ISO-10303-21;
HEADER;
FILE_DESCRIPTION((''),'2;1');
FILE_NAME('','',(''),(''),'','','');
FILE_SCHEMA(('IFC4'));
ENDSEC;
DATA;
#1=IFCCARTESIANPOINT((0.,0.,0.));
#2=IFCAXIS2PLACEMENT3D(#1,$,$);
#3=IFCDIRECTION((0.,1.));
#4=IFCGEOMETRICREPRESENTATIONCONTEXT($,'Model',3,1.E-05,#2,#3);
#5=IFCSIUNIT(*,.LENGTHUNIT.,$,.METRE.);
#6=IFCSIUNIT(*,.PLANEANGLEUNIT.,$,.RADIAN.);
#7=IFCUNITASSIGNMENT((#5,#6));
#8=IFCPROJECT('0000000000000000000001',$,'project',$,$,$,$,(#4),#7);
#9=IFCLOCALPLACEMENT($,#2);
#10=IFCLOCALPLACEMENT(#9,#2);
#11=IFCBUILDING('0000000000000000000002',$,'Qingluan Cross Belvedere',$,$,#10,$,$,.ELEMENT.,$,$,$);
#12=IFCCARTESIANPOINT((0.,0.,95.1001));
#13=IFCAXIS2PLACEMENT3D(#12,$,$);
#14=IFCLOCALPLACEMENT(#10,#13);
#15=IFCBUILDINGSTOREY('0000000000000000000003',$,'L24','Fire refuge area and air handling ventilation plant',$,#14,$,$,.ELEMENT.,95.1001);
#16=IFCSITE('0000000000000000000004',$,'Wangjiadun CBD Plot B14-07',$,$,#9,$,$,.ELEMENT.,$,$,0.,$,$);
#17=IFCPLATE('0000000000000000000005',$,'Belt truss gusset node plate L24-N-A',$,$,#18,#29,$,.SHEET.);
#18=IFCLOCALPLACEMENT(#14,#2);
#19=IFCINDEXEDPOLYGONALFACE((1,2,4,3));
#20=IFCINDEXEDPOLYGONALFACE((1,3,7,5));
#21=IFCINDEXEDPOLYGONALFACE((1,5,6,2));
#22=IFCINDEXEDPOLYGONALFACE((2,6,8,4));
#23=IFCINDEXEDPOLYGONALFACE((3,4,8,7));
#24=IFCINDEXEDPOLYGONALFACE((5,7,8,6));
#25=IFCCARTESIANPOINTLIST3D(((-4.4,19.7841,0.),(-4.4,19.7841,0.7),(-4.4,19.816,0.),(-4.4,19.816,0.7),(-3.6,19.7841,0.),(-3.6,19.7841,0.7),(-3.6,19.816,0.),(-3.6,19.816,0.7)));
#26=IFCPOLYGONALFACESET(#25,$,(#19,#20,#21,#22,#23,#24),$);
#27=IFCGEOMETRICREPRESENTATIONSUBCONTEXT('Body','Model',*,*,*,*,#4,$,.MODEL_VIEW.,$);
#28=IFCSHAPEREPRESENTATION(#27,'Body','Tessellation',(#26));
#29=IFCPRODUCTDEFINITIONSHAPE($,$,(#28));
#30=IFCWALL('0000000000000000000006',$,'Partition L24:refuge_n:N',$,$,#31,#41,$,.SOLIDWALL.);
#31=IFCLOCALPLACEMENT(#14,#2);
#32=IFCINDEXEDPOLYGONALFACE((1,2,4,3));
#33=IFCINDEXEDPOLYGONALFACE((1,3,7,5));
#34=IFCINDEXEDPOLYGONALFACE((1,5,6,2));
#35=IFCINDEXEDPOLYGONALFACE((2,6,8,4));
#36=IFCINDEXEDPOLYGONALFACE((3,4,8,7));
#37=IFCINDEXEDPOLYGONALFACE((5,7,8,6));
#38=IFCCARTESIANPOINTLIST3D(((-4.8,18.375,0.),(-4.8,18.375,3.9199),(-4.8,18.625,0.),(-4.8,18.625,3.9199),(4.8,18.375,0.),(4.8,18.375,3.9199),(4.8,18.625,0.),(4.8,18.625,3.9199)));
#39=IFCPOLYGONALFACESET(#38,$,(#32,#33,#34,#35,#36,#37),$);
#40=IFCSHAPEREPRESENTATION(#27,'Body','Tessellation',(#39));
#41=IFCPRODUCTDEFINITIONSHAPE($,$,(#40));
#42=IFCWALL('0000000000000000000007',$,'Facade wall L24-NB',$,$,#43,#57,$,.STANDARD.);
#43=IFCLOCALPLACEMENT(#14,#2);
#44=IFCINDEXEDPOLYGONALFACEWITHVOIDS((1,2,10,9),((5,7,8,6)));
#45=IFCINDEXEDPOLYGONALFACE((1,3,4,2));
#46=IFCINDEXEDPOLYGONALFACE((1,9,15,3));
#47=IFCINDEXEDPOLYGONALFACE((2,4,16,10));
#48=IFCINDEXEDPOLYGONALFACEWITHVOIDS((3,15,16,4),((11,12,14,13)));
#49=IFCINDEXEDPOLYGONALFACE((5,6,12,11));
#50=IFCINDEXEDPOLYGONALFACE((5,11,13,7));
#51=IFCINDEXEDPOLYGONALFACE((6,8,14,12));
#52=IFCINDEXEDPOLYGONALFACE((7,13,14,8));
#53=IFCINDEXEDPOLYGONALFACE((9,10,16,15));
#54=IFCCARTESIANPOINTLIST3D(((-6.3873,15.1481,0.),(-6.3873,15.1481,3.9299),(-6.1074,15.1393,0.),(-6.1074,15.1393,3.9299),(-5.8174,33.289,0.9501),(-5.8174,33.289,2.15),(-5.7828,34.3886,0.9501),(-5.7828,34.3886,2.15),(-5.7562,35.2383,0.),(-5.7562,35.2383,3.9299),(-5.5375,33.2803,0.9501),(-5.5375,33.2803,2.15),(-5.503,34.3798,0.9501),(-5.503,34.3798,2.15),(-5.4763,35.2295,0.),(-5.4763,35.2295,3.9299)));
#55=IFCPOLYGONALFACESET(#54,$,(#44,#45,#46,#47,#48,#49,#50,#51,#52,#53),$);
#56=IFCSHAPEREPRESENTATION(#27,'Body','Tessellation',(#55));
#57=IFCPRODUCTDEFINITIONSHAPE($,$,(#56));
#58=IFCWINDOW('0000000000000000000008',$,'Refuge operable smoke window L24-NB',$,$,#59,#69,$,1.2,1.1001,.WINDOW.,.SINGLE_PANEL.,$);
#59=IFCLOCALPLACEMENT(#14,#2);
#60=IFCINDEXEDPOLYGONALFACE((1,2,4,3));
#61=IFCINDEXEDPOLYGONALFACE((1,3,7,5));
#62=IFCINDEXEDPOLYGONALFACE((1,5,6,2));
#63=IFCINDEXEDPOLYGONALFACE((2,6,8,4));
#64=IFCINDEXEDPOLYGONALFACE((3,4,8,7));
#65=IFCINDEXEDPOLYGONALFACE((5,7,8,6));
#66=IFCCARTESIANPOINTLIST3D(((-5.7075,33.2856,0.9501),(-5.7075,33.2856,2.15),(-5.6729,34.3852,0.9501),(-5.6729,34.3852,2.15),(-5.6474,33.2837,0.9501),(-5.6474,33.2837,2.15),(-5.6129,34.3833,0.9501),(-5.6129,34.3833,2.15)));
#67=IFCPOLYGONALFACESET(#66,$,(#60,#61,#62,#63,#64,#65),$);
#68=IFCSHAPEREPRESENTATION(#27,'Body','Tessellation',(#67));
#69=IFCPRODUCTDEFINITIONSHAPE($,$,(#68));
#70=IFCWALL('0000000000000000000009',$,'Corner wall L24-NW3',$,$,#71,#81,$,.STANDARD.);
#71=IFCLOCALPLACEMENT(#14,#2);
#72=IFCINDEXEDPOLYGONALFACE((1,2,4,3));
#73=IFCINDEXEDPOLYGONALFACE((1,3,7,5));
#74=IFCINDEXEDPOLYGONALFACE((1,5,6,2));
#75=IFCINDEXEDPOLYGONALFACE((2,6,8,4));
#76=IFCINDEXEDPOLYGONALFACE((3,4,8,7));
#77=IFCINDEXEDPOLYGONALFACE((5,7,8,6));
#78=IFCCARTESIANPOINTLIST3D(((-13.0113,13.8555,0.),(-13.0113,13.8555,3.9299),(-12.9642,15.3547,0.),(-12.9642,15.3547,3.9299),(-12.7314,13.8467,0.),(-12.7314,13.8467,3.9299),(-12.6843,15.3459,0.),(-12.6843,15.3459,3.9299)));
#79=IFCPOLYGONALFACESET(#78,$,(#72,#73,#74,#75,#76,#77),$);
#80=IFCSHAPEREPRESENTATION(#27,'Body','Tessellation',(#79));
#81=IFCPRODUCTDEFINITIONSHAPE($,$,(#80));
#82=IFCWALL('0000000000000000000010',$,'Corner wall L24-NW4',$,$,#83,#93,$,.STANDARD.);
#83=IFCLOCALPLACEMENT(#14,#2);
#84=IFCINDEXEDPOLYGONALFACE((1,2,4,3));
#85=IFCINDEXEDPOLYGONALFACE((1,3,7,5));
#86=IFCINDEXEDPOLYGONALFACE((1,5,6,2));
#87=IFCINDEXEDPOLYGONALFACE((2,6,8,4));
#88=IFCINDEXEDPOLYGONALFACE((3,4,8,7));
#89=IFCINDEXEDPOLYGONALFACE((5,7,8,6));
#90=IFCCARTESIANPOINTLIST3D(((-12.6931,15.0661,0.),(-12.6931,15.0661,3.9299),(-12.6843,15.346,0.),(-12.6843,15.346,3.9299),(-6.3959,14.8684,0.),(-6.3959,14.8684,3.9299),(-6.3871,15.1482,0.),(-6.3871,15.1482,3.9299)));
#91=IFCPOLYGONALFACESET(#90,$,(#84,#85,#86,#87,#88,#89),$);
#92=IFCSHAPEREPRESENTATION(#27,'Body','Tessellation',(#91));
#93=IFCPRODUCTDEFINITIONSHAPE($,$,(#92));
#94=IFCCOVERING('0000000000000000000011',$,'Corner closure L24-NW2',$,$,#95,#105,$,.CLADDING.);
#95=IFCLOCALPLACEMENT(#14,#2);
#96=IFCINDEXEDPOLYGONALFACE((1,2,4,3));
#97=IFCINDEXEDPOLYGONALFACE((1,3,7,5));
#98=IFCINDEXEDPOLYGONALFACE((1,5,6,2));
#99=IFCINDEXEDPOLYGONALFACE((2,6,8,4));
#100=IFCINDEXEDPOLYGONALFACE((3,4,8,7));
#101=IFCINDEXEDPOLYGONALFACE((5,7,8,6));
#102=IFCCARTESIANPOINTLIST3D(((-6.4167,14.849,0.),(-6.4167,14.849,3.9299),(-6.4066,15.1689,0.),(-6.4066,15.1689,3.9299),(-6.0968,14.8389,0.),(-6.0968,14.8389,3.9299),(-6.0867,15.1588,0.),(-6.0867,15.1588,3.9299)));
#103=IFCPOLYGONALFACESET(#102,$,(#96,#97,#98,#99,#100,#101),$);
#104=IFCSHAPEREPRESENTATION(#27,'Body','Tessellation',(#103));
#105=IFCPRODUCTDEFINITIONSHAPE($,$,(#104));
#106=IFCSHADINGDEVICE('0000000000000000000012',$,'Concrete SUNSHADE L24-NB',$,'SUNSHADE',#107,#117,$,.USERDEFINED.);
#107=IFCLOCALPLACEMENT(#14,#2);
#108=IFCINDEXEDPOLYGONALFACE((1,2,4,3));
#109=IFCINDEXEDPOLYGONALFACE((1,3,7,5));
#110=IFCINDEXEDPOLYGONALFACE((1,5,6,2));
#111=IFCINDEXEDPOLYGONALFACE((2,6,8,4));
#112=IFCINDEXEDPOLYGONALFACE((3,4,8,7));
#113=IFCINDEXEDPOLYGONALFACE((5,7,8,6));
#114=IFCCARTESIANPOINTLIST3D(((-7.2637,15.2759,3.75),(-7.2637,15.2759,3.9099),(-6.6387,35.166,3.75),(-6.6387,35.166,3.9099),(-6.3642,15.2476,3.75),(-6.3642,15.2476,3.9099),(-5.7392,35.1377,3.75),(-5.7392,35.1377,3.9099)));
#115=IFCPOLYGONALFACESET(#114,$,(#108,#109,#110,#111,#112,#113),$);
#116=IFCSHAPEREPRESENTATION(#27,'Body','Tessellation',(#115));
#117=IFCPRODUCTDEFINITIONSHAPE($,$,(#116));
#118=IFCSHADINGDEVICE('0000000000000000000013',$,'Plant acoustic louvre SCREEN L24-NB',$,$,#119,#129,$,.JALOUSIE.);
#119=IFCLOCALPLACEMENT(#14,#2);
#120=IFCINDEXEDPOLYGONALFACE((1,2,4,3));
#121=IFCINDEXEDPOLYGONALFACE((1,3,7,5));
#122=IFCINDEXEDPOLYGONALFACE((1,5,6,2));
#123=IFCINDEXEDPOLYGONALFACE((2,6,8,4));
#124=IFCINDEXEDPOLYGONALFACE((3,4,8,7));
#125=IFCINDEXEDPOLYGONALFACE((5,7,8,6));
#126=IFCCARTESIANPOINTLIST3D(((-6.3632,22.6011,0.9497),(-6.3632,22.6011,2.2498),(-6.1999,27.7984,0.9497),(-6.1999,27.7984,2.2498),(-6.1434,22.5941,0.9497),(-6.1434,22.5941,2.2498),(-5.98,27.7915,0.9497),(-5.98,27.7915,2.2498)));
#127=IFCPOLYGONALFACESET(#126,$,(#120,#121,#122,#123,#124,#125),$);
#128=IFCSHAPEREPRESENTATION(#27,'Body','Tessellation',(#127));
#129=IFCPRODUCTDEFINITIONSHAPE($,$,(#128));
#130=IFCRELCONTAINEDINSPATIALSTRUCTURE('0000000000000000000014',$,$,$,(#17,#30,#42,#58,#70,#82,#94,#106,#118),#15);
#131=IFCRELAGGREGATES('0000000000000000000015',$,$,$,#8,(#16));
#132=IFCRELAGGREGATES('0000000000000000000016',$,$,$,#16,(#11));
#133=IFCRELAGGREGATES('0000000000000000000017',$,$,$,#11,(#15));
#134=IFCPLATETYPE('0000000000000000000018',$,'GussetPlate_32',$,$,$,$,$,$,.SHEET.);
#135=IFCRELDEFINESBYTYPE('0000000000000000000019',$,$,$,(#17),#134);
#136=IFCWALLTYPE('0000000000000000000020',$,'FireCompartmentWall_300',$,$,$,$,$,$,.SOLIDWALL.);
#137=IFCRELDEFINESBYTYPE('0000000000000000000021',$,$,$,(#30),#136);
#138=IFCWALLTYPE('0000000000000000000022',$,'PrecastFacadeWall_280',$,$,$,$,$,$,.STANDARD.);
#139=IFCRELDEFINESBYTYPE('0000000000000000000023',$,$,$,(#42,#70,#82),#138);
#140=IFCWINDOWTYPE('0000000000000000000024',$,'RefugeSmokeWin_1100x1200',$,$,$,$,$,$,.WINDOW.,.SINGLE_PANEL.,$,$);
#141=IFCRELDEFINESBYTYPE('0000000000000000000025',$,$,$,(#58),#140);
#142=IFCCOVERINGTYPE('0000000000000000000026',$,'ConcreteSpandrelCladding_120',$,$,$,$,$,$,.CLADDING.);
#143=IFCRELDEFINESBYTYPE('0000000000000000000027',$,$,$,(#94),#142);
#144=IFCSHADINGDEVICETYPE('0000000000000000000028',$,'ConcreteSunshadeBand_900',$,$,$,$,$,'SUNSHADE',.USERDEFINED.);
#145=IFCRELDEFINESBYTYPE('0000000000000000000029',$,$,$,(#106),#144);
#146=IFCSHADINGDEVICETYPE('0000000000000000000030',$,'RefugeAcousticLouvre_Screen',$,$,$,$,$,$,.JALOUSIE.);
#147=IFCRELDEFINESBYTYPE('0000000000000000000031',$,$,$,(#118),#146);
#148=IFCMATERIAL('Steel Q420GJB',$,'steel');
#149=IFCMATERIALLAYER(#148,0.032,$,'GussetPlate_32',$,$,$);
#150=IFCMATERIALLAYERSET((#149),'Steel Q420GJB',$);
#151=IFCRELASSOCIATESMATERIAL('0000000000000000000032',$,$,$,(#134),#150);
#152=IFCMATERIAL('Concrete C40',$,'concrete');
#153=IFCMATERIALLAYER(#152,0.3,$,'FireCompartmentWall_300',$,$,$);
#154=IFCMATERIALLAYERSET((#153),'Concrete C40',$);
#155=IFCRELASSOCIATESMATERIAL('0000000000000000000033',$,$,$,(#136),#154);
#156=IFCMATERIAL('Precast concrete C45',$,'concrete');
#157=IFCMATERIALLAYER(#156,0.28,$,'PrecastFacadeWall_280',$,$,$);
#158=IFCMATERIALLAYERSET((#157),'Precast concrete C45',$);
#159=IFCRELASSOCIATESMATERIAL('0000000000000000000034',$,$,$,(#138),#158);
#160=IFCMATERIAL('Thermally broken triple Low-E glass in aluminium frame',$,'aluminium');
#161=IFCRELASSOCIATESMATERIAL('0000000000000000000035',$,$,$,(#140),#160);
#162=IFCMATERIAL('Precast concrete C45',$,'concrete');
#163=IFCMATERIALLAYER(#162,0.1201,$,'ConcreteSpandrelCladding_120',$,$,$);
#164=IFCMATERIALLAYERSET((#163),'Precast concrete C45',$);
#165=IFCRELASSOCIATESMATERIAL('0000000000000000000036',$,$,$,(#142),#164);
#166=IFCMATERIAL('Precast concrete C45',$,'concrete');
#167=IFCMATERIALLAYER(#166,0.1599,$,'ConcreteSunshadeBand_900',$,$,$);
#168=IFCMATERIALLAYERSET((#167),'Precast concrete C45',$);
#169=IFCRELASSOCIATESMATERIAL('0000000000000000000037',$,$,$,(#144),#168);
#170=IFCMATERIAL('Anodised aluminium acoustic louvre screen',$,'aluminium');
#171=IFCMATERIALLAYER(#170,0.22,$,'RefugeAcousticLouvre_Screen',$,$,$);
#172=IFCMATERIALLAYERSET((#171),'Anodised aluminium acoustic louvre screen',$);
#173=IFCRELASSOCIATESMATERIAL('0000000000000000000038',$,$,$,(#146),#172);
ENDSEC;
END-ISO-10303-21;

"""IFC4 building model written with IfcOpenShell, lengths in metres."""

from ifc_helpers import new_model, si_unit, direction, frame, frame_2d, origin, origin_2d, place, context, subcontext, project, spatial, rectangle, extrude, material, layer, layer_set, type_object, element, fill, save


model = new_model("IFC4")

# Units and contexts
model_context = context("Model", 3, precision=1e-05, world=origin(), true_north=direction((0.0, 1.0)))
body_context = subcontext(model_context, "Body", "Model", "MODEL_VIEW")
ifc_project = project(units=[si_unit("LENGTHUNIT", "METRE"), si_unit("PLANEANGLEUNIT", "RADIAN")], contexts=[model_context])

# Site, building, storey
site_placement = place(None, origin())
site = spatial("IfcSite", under=ifc_project, at=site_placement, Name="Wangjiadun CBD Plot B14-07", CompositionType="ELEMENT", RefElevation=0.0)
building_placement = place(site_placement, origin())
building = spatial("IfcBuilding", under=site, at=building_placement, Name="Qingluan Cross Belvedere", CompositionType="ELEMENT")
storey_placement = place(building_placement, frame((0.0, 0.0, 95.1001)))
storey = spatial("IfcBuildingStorey", under=building, at=storey_placement, Name="L24", Description="Fire refuge area and air handling ventilation plant", CompositionType="ELEMENT", Elevation=95.1001)

# Plate
ifc_material_1 = material(Name="Steel Q420GJB", Category="steel")
ifc_layer_1 = layer(ifc_material_1, 0.032, Name="GussetPlate_32")
ifc_layer_set_1 = layer_set([ifc_layer_1], Name="Steel Q420GJB")
plate_type = type_object("IfcPlateType", Name="GussetPlate_32", PredefinedType="SHEET", material=ifc_layer_set_1)
plate_placement = place(storey_placement, frame((-4.0, 19.8, 0.0), z_axis=(0.0, 0.0, 1.0), x_axis=(1.0, 0.0, 0.0)))
element("IfcPlate", 1, at=plate_placement, inside=storey, type_object=plate_type, Name="Belt truss gusset node plate L24-N-A", PredefinedType="SHEET", context=body_context, shape_type="SweptSolid", body=[
    extrude(rectangle(XDim=0.8, YDim=0.032, at=origin_2d()), origin(), (0.0, 0.0, 1.0), 0.7),
])

# Wall
ifc_material_2 = material(Name="Concrete C40", Category="concrete")
ifc_layer_2 = layer(ifc_material_2, 0.3, Name="FireCompartmentWall_300")
ifc_layer_set_2 = layer_set([ifc_layer_2], Name="Concrete C40")
wall_type_1 = type_object("IfcWallType", Name="FireCompartmentWall_300", PredefinedType="SOLIDWALL", material=ifc_layer_set_2)
wall_1_placement = place(storey_placement, frame((-4.8, 18.5, 0.0), z_axis=(0.0, 0.0, 1.0), x_axis=(1.0, 0.0, 0.0)))
element("IfcWall", 2, at=wall_1_placement, inside=storey, type_object=wall_type_1, Name="Partition L24:refuge_n:N", PredefinedType="SOLIDWALL", context=body_context, shape_type="SweptSolid", body=[
    extrude(rectangle(XDim=9.6001, YDim=0.25, at=frame_2d((4.8, 0.0))), origin(), (0.0, 0.0, 1.0), 3.9199),
])

# Wall, opening, window
ifc_material_3 = material(Name="Precast concrete C45", Category="concrete")
ifc_layer_3 = layer(ifc_material_3, 0.28, Name="PrecastFacadeWall_280")
ifc_layer_set_3 = layer_set([ifc_layer_3], Name="Precast concrete C45")
wall_type_2 = type_object("IfcWallType", Name="PrecastFacadeWall_280", PredefinedType="STANDARD", material=ifc_layer_set_3)
wall_2_placement = place(storey_placement, frame((-5.6162, 35.2339, 0.0), z_axis=(0.0, 0.0, 1.0), x_axis=(-0.031398, -0.999507, 0.0)))
wall_2 = element("IfcWall", 3, at=wall_2_placement, inside=storey, type_object=wall_type_2, Name="Facade wall L24-NB", PredefinedType="STANDARD", context=body_context, shape_type="SweptSolid", body=[
    extrude(rectangle(XDim=20.1001, YDim=0.28, at=frame_2d((10.05, 0.0))), origin(), (0.0, 0.0, 1.0), 3.9299),
])
opening_placement = place(wall_2_placement, frame((0.8501, 0.0, 0.95)))
opening = element("IfcOpeningElement", 4, at=opening_placement, cuts=wall_2, PredefinedType="OPENING", context=body_context, shape_type="SweptSolid", body=[
    extrude(rectangle(XDim=1.1001, YDim=1.2, at=frame_2d((0.55, 0.6001))), frame((0.0, 0.1499, 0.0), z_axis=(0.0, -1.0, 0.0), x_axis=(1.0, 0.0, 0.0)), (0.0, 0.0, 1.0), 0.3),
])
ifc_material_4 = material(Name="Thermally broken triple Low-E glass in aluminium frame", Category="aluminium")
window_type = type_object("IfcWindowType", Name="RefugeSmokeWin_1100x1200", PartitioningType="SINGLE_PANEL", PredefinedType="WINDOW", material=ifc_material_4)
window_placement = place(opening_placement, origin())
window = element("IfcWindow", 5, at=window_placement, inside=storey, type_object=window_type, Name="Refuge operable smoke window L24-NB", OverallHeight=1.2, OverallWidth=1.1001, PartitioningType="SINGLE_PANEL", PredefinedType="WINDOW", context=body_context, shape_type="SweptSolid", body=[
    extrude(rectangle(XDim=1.1001, YDim=1.2, at=frame_2d((0.55, 0.6001))), frame((0.0, 0.03, 0.0), z_axis=(0.0, -1.0, 0.0), x_axis=(1.0, 0.0, 0.0)), (0.0, 0.0, 1.0), 0.0601),
])
fill(opening, window)

# Walls
wall_3_placement = place(storey_placement, frame((-12.8713, 13.8511, 0.0), z_axis=(0.0, 0.0, 1.0), x_axis=(0.031413, 0.999507, 0.0)))
element("IfcWall", 6, at=wall_3_placement, inside=storey, type_object=wall_type_2, Name="Corner wall L24-NW3", PredefinedType="STANDARD", context=body_context, shape_type="SweptSolid", body=[
    extrude(rectangle(XDim=1.5, YDim=0.28, at=frame_2d((0.75, 0.0))), origin(), (0.0, 0.0, 1.0), 3.9299),
])
wall_4_placement = place(storey_placement, frame((-12.6887, 15.2061, 0.0), z_axis=(0.0, 0.0, 1.0), x_axis=(0.999507, -0.031388, 0.0)))
element("IfcWall", 7, at=wall_4_placement, inside=storey, type_object=wall_type_2, Name="Corner wall L24-NW4", PredefinedType="STANDARD", context=body_context, shape_type="SweptSolid", body=[
    extrude(rectangle(XDim=6.3003, YDim=0.28, at=frame_2d((3.1501, 0.0))), origin(), (0.0, 0.0, 1.0), 3.9299),
])

# Covering
ifc_material_5 = material(Name="Precast concrete C45", Category="concrete")
ifc_layer_4 = layer(ifc_material_5, 0.1201, Name="ConcreteSpandrelCladding_120")
ifc_layer_set_4 = layer_set([ifc_layer_4], Name="Precast concrete C45")
covering_type = type_object("IfcCoveringType", Name="ConcreteSpandrelCladding_120", PredefinedType="CLADDING", material=ifc_layer_set_4)
covering_placement = place(storey_placement, frame((-6.2517, 15.0039, 0.0), z_axis=(0.0, 0.0, 1.0), x_axis=(0.999507, -0.031411, 0.0)))
element("IfcCovering", 8, at=covering_placement, inside=storey, type_object=covering_type, Name="Corner closure L24-NW2", PredefinedType="CLADDING", context=body_context, shape_type="SweptSolid", body=[
    extrude(rectangle(XDim=0.3201, YDim=0.3201, at=origin_2d()), origin(), (0.0, 0.0, 1.0), 3.9299),
])

# Shading devices
ifc_material_6 = material(Name="Precast concrete C45", Category="concrete")
ifc_layer_5 = layer(ifc_material_6, 0.1599, Name="ConcreteSunshadeBand_900")
ifc_layer_set_5 = layer_set([ifc_layer_5], Name="Precast concrete C45")
shading_device_type_1 = type_object("IfcShadingDeviceType", Name="ConcreteSunshadeBand_900", ElementType="SUNSHADE", PredefinedType="USERDEFINED", material=ifc_layer_set_5)
shading_device_1_placement = place(storey_placement, frame((-6.5015, 25.2068, 3.75), z_axis=(0.0, 0.0, 1.0), x_axis=(-0.031408, -0.999507, 0.0)))
element("IfcShadingDevice", 9, at=shading_device_1_placement, inside=storey, type_object=shading_device_type_1, Name="Concrete SUNSHADE L24-NB", ObjectType="SUNSHADE", PredefinedType="USERDEFINED", context=body_context, shape_type="SweptSolid", body=[
    extrude(rectangle(XDim=19.8999, YDim=0.8999, at=origin_2d()), origin(), (0.0, 0.0, 1.0), 0.1599),
])
ifc_material_7 = material(Name="Anodised aluminium acoustic louvre screen", Category="aluminium")
ifc_layer_6 = layer(ifc_material_7, 0.22, Name="RefugeAcousticLouvre_Screen")
ifc_layer_set_6 = layer_set([ifc_layer_6], Name="Anodised aluminium acoustic louvre screen")
shading_device_type_2 = type_object("IfcShadingDeviceType", Name="RefugeAcousticLouvre_Screen", PredefinedType="JALOUSIE", material=ifc_layer_set_6)
shading_device_2_placement = place(storey_placement, frame((-6.1716, 25.1963, 0.9497), z_axis=(0.0, 0.0, 1.0), x_axis=(-0.031408, -0.999507, 0.0)))
element("IfcShadingDevice", 10, at=shading_device_2_placement, inside=storey, type_object=shading_device_type_2, Name="Plant acoustic louvre SCREEN L24-NB", PredefinedType="JALOUSIE", context=body_context, shape_type="SweptSolid", body=[
    extrude(rectangle(XDim=5.2, YDim=0.22, at=origin_2d()), origin(), (0.0, 0.0, 1.0), 1.3),
])

save(model, "model.ifc")
